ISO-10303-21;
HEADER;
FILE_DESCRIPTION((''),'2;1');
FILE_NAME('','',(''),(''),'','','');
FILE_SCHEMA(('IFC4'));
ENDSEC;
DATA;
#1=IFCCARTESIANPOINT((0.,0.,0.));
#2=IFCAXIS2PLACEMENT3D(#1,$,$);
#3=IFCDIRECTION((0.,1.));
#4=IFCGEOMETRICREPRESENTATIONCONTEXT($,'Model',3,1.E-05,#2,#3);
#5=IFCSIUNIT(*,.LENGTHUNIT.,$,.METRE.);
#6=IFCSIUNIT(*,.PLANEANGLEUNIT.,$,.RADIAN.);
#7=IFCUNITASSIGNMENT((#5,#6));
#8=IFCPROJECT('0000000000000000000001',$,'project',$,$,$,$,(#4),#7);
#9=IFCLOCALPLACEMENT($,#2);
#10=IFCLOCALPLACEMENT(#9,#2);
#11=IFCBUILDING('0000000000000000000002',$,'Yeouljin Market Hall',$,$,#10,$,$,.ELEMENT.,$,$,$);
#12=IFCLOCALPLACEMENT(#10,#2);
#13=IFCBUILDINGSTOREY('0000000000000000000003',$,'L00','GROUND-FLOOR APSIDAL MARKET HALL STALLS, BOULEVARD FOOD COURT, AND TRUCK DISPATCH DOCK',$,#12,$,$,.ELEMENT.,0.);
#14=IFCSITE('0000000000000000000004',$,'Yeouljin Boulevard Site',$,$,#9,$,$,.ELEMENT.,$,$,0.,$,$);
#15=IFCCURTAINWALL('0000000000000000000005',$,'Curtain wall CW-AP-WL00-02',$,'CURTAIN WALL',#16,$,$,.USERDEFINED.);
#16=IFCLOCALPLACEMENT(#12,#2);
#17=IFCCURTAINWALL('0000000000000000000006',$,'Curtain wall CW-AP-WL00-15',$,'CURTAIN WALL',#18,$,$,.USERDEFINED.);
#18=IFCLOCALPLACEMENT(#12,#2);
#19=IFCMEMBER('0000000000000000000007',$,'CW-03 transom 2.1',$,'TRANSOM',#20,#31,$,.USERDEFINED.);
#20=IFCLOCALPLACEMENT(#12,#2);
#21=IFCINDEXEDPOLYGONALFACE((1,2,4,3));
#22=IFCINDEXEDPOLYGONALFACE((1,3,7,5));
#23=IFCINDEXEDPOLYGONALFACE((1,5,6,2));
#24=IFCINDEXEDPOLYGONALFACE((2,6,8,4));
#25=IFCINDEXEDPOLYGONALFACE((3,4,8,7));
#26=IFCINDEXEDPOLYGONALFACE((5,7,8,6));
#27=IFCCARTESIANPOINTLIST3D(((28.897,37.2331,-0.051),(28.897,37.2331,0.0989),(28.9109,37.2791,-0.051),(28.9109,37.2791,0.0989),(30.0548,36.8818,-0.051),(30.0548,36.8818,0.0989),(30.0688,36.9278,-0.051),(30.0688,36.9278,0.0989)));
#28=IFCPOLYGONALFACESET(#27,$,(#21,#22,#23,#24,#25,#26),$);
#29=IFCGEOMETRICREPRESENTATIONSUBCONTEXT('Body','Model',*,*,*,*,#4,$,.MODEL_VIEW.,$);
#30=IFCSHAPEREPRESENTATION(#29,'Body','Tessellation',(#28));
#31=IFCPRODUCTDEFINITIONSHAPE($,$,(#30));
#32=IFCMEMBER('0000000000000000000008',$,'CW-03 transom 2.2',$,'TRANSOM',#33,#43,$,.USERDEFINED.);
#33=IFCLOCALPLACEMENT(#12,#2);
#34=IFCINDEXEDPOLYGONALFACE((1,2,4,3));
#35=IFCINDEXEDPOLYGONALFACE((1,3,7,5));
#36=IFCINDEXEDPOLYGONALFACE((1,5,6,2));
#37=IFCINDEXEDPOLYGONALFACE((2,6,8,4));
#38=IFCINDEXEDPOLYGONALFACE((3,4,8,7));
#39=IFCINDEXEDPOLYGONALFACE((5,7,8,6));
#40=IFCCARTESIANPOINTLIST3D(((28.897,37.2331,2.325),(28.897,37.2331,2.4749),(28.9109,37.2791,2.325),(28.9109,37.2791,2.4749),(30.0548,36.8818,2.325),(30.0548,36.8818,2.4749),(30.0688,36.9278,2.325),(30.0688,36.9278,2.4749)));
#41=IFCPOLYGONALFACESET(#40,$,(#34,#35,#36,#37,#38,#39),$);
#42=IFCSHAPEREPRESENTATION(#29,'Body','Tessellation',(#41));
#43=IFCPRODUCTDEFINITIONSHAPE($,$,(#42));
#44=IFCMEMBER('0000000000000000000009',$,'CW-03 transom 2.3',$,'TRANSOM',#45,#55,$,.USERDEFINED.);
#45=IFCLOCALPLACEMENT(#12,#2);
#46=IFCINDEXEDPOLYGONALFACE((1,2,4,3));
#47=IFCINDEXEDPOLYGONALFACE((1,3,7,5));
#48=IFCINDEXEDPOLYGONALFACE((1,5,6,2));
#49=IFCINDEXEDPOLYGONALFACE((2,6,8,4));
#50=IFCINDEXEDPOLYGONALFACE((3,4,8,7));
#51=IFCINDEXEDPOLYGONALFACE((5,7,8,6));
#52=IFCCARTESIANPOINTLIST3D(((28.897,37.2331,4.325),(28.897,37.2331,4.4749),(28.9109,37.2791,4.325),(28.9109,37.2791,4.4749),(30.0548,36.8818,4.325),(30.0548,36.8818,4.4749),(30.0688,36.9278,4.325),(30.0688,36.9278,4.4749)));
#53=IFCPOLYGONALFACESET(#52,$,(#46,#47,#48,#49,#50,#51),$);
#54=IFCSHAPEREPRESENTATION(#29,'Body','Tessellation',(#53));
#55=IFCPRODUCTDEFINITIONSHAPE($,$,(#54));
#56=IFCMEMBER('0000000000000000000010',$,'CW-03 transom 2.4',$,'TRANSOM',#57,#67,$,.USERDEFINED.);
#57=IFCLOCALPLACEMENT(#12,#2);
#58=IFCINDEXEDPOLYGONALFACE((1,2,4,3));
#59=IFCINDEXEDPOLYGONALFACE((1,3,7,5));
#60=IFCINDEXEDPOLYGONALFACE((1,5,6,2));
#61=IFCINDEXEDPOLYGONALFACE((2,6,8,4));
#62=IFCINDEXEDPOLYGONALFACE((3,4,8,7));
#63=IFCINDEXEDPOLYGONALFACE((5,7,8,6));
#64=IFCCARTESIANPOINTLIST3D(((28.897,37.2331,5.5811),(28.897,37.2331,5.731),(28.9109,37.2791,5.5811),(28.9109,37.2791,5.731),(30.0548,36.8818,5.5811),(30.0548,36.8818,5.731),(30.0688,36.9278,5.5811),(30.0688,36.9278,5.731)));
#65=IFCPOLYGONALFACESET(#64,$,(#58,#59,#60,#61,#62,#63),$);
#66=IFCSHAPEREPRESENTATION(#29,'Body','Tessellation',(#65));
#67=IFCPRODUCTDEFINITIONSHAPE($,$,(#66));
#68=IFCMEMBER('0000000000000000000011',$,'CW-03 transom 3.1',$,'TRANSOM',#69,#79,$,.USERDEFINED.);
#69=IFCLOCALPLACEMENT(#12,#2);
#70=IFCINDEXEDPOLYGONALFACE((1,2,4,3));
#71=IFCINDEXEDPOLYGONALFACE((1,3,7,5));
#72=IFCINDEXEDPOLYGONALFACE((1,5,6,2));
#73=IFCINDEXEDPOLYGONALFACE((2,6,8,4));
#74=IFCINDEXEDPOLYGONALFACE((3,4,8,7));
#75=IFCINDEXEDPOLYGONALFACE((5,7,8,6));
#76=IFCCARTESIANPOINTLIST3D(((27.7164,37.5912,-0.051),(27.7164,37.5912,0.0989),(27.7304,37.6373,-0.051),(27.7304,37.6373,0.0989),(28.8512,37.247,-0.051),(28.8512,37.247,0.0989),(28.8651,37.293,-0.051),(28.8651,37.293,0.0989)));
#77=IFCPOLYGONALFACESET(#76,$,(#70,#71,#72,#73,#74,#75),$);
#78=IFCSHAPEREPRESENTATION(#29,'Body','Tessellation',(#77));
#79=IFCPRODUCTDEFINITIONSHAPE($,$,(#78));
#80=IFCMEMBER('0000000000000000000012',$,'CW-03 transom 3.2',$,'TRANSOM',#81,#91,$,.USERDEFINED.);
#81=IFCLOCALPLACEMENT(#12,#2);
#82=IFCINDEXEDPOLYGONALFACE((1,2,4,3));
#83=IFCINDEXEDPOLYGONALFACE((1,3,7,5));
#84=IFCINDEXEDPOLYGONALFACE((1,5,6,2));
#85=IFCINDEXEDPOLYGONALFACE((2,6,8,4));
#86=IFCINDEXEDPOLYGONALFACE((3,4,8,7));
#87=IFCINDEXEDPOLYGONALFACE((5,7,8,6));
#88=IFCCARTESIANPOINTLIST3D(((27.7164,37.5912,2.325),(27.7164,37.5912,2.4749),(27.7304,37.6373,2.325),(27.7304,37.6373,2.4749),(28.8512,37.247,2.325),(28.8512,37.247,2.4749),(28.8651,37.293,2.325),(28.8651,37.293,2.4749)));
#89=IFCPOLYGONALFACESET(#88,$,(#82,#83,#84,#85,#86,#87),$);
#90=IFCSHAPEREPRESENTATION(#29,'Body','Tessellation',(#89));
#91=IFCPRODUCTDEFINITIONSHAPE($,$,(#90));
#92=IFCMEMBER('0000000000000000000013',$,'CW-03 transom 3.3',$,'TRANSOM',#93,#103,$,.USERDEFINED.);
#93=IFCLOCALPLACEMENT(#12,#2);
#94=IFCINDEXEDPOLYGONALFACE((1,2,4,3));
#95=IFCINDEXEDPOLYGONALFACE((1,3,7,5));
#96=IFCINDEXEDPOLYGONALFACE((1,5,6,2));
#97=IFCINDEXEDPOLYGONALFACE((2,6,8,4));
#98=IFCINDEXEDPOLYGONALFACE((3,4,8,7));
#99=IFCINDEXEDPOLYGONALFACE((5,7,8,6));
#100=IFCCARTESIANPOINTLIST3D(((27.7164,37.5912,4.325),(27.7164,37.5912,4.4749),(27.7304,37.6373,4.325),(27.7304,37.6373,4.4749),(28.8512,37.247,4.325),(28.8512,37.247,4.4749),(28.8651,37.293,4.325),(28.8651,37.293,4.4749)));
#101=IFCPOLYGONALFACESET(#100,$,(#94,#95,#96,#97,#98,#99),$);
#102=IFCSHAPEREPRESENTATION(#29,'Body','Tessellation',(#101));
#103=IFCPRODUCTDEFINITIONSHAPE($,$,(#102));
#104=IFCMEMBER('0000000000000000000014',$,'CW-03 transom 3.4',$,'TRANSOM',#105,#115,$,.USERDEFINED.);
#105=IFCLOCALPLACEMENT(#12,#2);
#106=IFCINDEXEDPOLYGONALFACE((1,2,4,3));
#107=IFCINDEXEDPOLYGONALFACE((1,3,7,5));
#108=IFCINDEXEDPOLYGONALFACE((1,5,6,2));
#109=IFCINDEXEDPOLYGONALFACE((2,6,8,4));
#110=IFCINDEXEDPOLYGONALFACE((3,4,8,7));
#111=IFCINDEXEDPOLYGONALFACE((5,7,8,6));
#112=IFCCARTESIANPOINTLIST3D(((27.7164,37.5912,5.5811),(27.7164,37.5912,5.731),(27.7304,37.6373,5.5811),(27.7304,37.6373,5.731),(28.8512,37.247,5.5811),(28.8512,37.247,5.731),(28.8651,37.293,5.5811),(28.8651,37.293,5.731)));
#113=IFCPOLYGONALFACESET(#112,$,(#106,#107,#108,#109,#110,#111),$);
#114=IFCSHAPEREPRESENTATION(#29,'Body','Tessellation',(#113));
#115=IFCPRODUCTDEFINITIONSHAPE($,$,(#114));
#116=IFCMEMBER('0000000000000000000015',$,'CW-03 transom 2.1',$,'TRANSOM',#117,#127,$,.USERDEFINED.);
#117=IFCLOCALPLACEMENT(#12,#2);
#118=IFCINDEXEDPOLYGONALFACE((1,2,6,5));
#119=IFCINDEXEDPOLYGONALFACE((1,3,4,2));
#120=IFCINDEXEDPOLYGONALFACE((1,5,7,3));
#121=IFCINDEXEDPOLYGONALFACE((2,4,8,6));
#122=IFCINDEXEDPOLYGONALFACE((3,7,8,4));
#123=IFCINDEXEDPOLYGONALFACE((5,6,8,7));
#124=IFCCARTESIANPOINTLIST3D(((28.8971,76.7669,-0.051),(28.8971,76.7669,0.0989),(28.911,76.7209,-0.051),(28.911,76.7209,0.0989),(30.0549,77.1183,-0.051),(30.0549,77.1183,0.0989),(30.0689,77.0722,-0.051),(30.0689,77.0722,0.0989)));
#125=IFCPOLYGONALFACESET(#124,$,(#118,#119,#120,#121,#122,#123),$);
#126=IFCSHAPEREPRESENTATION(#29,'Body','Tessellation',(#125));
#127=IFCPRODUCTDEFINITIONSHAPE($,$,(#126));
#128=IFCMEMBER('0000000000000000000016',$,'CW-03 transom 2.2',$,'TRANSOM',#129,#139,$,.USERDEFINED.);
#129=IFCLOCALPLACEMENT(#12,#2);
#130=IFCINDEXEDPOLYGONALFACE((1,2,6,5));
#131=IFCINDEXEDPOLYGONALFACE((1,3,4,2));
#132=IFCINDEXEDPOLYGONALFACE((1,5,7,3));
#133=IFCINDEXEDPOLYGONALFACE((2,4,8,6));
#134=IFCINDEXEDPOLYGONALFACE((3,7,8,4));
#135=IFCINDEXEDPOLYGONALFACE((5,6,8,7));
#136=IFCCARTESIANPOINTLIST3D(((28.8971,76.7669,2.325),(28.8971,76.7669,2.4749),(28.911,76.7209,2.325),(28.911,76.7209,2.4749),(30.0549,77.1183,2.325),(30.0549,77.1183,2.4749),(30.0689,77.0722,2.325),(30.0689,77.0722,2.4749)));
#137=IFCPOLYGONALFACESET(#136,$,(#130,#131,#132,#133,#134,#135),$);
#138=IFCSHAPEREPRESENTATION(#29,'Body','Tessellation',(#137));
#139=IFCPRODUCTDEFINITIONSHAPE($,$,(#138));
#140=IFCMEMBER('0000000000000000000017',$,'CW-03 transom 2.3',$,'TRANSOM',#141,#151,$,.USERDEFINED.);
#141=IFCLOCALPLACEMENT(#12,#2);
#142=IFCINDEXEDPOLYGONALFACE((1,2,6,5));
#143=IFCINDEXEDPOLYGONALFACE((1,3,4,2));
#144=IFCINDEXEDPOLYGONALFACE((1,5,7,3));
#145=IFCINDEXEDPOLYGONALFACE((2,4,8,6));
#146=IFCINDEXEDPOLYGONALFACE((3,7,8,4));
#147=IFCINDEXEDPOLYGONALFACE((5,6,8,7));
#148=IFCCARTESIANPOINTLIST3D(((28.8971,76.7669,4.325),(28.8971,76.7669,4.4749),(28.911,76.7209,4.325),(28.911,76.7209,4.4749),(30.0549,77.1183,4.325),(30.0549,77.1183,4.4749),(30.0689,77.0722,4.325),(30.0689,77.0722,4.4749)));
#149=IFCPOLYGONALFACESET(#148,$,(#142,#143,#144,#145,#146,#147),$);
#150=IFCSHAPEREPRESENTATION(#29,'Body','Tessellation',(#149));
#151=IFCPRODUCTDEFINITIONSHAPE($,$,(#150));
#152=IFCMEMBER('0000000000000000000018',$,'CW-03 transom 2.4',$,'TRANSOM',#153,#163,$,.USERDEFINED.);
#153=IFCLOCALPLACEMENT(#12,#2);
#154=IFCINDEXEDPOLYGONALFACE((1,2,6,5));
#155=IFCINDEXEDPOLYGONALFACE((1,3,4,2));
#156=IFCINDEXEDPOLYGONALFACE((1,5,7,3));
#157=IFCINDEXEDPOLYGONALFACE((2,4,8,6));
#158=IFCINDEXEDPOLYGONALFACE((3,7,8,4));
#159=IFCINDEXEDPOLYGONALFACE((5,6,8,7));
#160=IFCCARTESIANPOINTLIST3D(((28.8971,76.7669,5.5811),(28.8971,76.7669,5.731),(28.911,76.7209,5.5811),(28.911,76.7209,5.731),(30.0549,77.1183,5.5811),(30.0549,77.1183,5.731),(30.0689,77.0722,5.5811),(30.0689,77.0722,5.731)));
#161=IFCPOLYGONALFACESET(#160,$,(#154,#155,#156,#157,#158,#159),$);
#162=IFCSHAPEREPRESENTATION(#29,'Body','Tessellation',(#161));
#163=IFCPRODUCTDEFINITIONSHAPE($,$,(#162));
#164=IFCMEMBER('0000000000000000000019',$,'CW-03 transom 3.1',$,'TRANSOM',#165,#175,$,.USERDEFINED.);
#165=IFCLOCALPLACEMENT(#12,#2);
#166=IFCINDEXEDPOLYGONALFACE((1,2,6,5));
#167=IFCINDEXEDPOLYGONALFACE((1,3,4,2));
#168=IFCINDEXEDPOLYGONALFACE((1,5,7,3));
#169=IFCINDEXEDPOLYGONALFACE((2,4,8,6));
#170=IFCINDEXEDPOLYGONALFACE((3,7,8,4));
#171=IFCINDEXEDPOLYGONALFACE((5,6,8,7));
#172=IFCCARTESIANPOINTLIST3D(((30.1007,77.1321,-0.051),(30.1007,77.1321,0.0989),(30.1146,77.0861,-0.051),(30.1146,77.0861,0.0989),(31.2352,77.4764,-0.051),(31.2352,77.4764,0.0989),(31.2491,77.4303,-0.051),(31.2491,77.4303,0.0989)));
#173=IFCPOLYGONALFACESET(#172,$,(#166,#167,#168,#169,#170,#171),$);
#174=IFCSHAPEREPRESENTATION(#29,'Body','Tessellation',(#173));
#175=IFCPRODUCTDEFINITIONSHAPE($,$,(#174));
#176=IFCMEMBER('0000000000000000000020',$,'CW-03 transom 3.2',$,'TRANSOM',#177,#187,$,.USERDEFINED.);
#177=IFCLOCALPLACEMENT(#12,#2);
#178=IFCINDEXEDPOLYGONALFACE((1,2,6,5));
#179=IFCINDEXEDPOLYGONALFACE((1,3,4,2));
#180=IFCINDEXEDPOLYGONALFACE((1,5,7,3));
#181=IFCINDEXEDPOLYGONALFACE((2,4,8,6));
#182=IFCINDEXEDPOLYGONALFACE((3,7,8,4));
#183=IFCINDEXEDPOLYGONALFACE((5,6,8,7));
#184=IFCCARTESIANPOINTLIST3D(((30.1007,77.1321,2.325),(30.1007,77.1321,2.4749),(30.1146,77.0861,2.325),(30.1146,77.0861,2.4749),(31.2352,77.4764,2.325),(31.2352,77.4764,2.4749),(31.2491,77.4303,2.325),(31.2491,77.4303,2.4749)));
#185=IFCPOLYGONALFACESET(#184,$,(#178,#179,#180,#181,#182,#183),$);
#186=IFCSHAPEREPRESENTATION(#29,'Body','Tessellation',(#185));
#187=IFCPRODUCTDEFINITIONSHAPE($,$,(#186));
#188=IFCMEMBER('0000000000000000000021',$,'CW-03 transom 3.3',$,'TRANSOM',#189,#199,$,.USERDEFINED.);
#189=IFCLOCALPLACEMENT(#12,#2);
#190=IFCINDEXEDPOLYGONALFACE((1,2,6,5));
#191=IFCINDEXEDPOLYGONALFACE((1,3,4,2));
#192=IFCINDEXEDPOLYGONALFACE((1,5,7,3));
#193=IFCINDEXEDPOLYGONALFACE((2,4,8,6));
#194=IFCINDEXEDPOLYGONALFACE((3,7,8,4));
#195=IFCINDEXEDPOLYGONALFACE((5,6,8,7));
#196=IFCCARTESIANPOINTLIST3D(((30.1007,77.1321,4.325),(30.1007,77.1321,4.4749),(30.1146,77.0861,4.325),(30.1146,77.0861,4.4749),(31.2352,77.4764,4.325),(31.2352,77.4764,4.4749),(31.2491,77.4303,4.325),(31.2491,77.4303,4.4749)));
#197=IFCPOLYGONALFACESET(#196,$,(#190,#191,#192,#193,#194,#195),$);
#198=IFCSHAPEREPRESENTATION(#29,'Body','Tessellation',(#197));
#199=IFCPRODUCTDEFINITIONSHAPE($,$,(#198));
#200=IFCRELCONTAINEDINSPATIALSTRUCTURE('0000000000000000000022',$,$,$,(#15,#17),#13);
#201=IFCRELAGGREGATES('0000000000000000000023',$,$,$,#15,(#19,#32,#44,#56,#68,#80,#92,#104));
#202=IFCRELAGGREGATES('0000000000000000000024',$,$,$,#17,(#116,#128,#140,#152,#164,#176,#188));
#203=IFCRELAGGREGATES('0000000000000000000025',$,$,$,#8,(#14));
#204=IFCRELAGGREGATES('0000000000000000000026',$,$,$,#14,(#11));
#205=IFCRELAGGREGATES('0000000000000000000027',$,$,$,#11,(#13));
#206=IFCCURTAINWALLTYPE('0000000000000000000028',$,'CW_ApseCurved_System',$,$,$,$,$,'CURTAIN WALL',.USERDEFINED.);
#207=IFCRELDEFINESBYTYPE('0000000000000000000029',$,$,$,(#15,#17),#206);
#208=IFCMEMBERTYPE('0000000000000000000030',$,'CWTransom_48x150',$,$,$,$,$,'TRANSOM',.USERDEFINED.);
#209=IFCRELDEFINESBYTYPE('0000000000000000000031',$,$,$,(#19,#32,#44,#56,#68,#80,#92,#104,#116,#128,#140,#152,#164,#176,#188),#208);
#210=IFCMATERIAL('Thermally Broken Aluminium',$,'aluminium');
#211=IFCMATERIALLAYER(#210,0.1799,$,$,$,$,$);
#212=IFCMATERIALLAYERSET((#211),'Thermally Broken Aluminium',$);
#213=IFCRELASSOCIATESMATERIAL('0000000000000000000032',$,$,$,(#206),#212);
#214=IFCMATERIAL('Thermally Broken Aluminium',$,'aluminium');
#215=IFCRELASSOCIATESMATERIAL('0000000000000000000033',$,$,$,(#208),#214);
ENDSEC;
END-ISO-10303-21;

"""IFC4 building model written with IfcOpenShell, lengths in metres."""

from ifc_helpers import new_model, si_unit, direction, frame, origin, origin_2d, place, context, subcontext, project, spatial, rectangle, extrude, material, layer, layer_set, material_profile, profile_set, type_object, element, aggregate, save


model = new_model("IFC4")

# Units and contexts
model_context = context("Model", 3, precision=1e-05, world=origin(), true_north=direction((0.0, 1.0)))
body_context = subcontext(model_context, "Body", "Model", "MODEL_VIEW")
ifc_project = project(units=[si_unit("LENGTHUNIT", "METRE"), si_unit("PLANEANGLEUNIT", "RADIAN")], contexts=[model_context])

# Site, building, storey
site_placement = place(None, origin())
site = spatial("IfcSite", under=ifc_project, at=site_placement, Name="Yeouljin Boulevard Site", CompositionType="ELEMENT", RefElevation=0.0)
building_placement = place(site_placement, origin())
building = spatial("IfcBuilding", under=site, at=building_placement, Name="Yeouljin Market Hall", CompositionType="ELEMENT")
storey_placement = place(building_placement, origin())
storey = spatial("IfcBuildingStorey", under=building, at=storey_placement, Name="L00", Description="GROUND-FLOOR APSIDAL MARKET HALL STALLS, BOULEVARD FOOD COURT, AND TRUCK DISPATCH DOCK", CompositionType="ELEMENT", Elevation=0.0)

# Curtain walls
ifc_material_1 = material(Name="Thermally Broken Aluminium", Category="aluminium")
ifc_layer_1 = layer(ifc_material_1, 0.1799)
ifc_layer_set_1 = layer_set([ifc_layer_1], Name="Thermally Broken Aluminium")
curtain_wall_type = type_object("IfcCurtainWallType", Name="CW_ApseCurved_System", ElementType="CURTAIN WALL", PredefinedType="USERDEFINED", material=ifc_layer_set_1)
curtain_wall_1_placement = place(storey_placement, origin())
curtain_wall_1 = element("IfcCurtainWall", 1, at=curtain_wall_1_placement, inside=storey, type_object=curtain_wall_type, Name="Curtain wall CW-AP-WL00-02", ObjectType="CURTAIN WALL", PredefinedType="USERDEFINED")
curtain_wall_2_placement = place(storey_placement, origin())
curtain_wall_2 = element("IfcCurtainWall", 2, at=curtain_wall_2_placement, inside=storey, type_object=curtain_wall_type, Name="Curtain wall CW-AP-WL00-15", ObjectType="CURTAIN WALL", PredefinedType="USERDEFINED")

# Members
ifc_material_2 = material(Name="Thermally Broken Aluminium", Category="aluminium")
ifc_material_profile_1 = material_profile(ifc_material_2, rectangle(XDim=0.0481, YDim=0.1499, at=origin_2d()), Name="CW-TRAN-48x150")
ifc_profile_set_1 = profile_set([ifc_material_profile_1], Name="Thermally Broken Aluminium")
member_type_1 = type_object("IfcMemberType", Name="CWTransom_48x150", ElementType="TRANSOM", PredefinedType="USERDEFINED", material=ifc_profile_set_1)
member_1_placement = place(storey_placement, frame((30.0618, 36.9048, 0.0239), z_axis=(-0.956911, 0.290383, 0.0), x_axis=(-0.290383, -0.956911, 0.0)))
member_1 = element("IfcMember", 3, at=member_1_placement, type_object=member_type_1, Name="CW-03 transom 2.1", ObjectType="TRANSOM", PredefinedType="USERDEFINED", context=body_context, shape_type="SweptSolid", body=[
    extrude(rectangle(XDim=0.0481, YDim=0.1499, at=origin_2d()), origin(), (0.0, 0.0, 1.0), 1.21),
])
member_2_placement = place(storey_placement, frame((30.0618, 36.9048, 2.3999), z_axis=(-0.956911, 0.290383, 0.0), x_axis=(-0.290383, -0.956911, 0.0)))
member_2 = element("IfcMember", 4, at=member_2_placement, type_object=member_type_1, Name="CW-03 transom 2.2", ObjectType="TRANSOM", PredefinedType="USERDEFINED", context=body_context, shape_type="SweptSolid", body=[
    extrude(rectangle(XDim=0.0481, YDim=0.1499, at=origin_2d()), origin(), (0.0, 0.0, 1.0), 1.21),
])
member_3_placement = place(storey_placement, frame((30.0618, 36.9048, 4.3999), z_axis=(-0.956911, 0.290383, 0.0), x_axis=(-0.290383, -0.956911, 0.0)))
member_3 = element("IfcMember", 5, at=member_3_placement, type_object=member_type_1, Name="CW-03 transom 2.3", ObjectType="TRANSOM", PredefinedType="USERDEFINED", context=body_context, shape_type="SweptSolid", body=[
    extrude(rectangle(XDim=0.0481, YDim=0.1499, at=origin_2d()), origin(), (0.0, 0.0, 1.0), 1.21),
])
member_4_placement = place(storey_placement, frame((30.0618, 36.9048, 5.656), z_axis=(-0.956911, 0.290383, 0.0), x_axis=(-0.290383, -0.956911, 0.0)))
member_4 = element("IfcMember", 6, at=member_4_placement, type_object=member_type_1, Name="CW-03 transom 2.4", ObjectType="TRANSOM", PredefinedType="USERDEFINED", context=body_context, shape_type="SweptSolid", body=[
    extrude(rectangle(XDim=0.0481, YDim=0.1499, at=origin_2d()), origin(), (0.0, 0.0, 1.0), 1.21),
])
member_5_placement = place(storey_placement, frame((28.8582, 37.27, 0.0239), z_axis=(-0.956938, 0.290293, 0.0), x_axis=(-0.290293, -0.956938, 0.0)))
member_5 = element("IfcMember", 7, at=member_5_placement, type_object=member_type_1, Name="CW-03 transom 3.1", ObjectType="TRANSOM", PredefinedType="USERDEFINED", context=body_context, shape_type="SweptSolid", body=[
    extrude(rectangle(XDim=0.0481, YDim=0.1499, at=origin_2d()), origin(), (0.0, 0.0, 1.0), 1.1858),
])
member_6_placement = place(storey_placement, frame((28.8582, 37.27, 2.3999), z_axis=(-0.956938, 0.290293, 0.0), x_axis=(-0.290293, -0.956938, 0.0)))
member_6 = element("IfcMember", 8, at=member_6_placement, type_object=member_type_1, Name="CW-03 transom 3.2", ObjectType="TRANSOM", PredefinedType="USERDEFINED", context=body_context, shape_type="SweptSolid", body=[
    extrude(rectangle(XDim=0.0481, YDim=0.1499, at=origin_2d()), origin(), (0.0, 0.0, 1.0), 1.1858),
])
member_7_placement = place(storey_placement, frame((28.8582, 37.27, 4.3999), z_axis=(-0.956938, 0.290293, 0.0), x_axis=(-0.290293, -0.956938, 0.0)))
member_7 = element("IfcMember", 9, at=member_7_placement, type_object=member_type_1, Name="CW-03 transom 3.3", ObjectType="TRANSOM", PredefinedType="USERDEFINED", context=body_context, shape_type="SweptSolid", body=[
    extrude(rectangle(XDim=0.0481, YDim=0.1499, at=origin_2d()), origin(), (0.0, 0.0, 1.0), 1.1858),
])
member_8_placement = place(storey_placement, frame((28.8582, 37.27, 5.656), z_axis=(-0.956938, 0.290293, 0.0), x_axis=(-0.290293, -0.956938, 0.0)))
member_8 = element("IfcMember", 10, at=member_8_placement, type_object=member_type_1, Name="CW-03 transom 3.4", ObjectType="TRANSOM", PredefinedType="USERDEFINED", context=body_context, shape_type="SweptSolid", body=[
    extrude(rectangle(XDim=0.0481, YDim=0.1499, at=origin_2d()), origin(), (0.0, 0.0, 1.0), 1.1858),
])
member_9_placement = place(storey_placement, frame((28.9041, 76.7439, 0.0239), z_axis=(0.956911, 0.290383, 0.0), x_axis=(-0.290383, 0.956911, 0.0)))
member_9 = element("IfcMember", 11, at=member_9_placement, type_object=member_type_1, Name="CW-03 transom 2.1", ObjectType="TRANSOM", PredefinedType="USERDEFINED", context=body_context, shape_type="SweptSolid", body=[
    extrude(rectangle(XDim=0.0481, YDim=0.1499, at=origin_2d()), origin(), (0.0, 0.0, 1.0), 1.21),
])
member_10_placement = place(storey_placement, frame((28.9041, 76.7439, 2.3999), z_axis=(0.956911, 0.290383, 0.0), x_axis=(-0.290383, 0.956911, 0.0)))
member_10 = element("IfcMember", 12, at=member_10_placement, type_object=member_type_1, Name="CW-03 transom 2.2", ObjectType="TRANSOM", PredefinedType="USERDEFINED", context=body_context, shape_type="SweptSolid", body=[
    extrude(rectangle(XDim=0.0481, YDim=0.1499, at=origin_2d()), origin(), (0.0, 0.0, 1.0), 1.21),
])
member_11_placement = place(storey_placement, frame((28.9041, 76.7439, 4.3999), z_axis=(0.956911, 0.290383, 0.0), x_axis=(-0.290383, 0.956911, 0.0)))
member_11 = element("IfcMember", 13, at=member_11_placement, type_object=member_type_1, Name="CW-03 transom 2.3", ObjectType="TRANSOM", PredefinedType="USERDEFINED", context=body_context, shape_type="SweptSolid", body=[
    extrude(rectangle(XDim=0.0481, YDim=0.1499, at=origin_2d()), origin(), (0.0, 0.0, 1.0), 1.21),
])
member_12_placement = place(storey_placement, frame((28.9041, 76.7439, 5.656), z_axis=(0.956911, 0.290383, 0.0), x_axis=(-0.290383, 0.956911, 0.0)))
member_12 = element("IfcMember", 14, at=member_12_placement, type_object=member_type_1, Name="CW-03 transom 2.4", ObjectType="TRANSOM", PredefinedType="USERDEFINED", context=body_context, shape_type="SweptSolid", body=[
    extrude(rectangle(XDim=0.0481, YDim=0.1499, at=origin_2d()), origin(), (0.0, 0.0, 1.0), 1.21),
])
member_13_placement = place(storey_placement, frame((30.1077, 77.1091, 0.0239), z_axis=(0.95692, 0.29035, 0.0), x_axis=(-0.29035, 0.95692, 0.0)))
member_13 = element("IfcMember", 15, at=member_13_placement, type_object=member_type_1, Name="CW-03 transom 3.1", ObjectType="TRANSOM", PredefinedType="USERDEFINED", context=body_context, shape_type="SweptSolid", body=[
    extrude(rectangle(XDim=0.0481, YDim=0.1499, at=origin_2d()), origin(), (0.0, 0.0, 1.0), 1.1855),
])
member_14_placement = place(storey_placement, frame((30.1077, 77.1091, 2.3999), z_axis=(0.95692, 0.29035, 0.0), x_axis=(-0.29035, 0.95692, 0.0)))
member_14 = element("IfcMember", 16, at=member_14_placement, type_object=member_type_1, Name="CW-03 transom 3.2", ObjectType="TRANSOM", PredefinedType="USERDEFINED", context=body_context, shape_type="SweptSolid", body=[
    extrude(rectangle(XDim=0.0481, YDim=0.1499, at=origin_2d()), origin(), (0.0, 0.0, 1.0), 1.1855),
])
member_15_placement = place(storey_placement, frame((30.1077, 77.1091, 4.3999), z_axis=(0.95692, 0.29035, 0.0), x_axis=(-0.29035, 0.95692, 0.0)))
member_15 = element("IfcMember", 17, at=member_15_placement, type_object=member_type_1, Name="CW-03 transom 3.3", ObjectType="TRANSOM", PredefinedType="USERDEFINED", context=body_context, shape_type="SweptSolid", body=[
    extrude(rectangle(XDim=0.0481, YDim=0.1499, at=origin_2d()), origin(), (0.0, 0.0, 1.0), 1.1855),
])

aggregate(curtain_wall_1, [member_1, member_2, member_3, member_4, member_5, member_6, member_7, member_8])
aggregate(curtain_wall_2, [member_9, member_10, member_11, member_12, member_13, member_14, member_15])

save(model, "model.ifc")
